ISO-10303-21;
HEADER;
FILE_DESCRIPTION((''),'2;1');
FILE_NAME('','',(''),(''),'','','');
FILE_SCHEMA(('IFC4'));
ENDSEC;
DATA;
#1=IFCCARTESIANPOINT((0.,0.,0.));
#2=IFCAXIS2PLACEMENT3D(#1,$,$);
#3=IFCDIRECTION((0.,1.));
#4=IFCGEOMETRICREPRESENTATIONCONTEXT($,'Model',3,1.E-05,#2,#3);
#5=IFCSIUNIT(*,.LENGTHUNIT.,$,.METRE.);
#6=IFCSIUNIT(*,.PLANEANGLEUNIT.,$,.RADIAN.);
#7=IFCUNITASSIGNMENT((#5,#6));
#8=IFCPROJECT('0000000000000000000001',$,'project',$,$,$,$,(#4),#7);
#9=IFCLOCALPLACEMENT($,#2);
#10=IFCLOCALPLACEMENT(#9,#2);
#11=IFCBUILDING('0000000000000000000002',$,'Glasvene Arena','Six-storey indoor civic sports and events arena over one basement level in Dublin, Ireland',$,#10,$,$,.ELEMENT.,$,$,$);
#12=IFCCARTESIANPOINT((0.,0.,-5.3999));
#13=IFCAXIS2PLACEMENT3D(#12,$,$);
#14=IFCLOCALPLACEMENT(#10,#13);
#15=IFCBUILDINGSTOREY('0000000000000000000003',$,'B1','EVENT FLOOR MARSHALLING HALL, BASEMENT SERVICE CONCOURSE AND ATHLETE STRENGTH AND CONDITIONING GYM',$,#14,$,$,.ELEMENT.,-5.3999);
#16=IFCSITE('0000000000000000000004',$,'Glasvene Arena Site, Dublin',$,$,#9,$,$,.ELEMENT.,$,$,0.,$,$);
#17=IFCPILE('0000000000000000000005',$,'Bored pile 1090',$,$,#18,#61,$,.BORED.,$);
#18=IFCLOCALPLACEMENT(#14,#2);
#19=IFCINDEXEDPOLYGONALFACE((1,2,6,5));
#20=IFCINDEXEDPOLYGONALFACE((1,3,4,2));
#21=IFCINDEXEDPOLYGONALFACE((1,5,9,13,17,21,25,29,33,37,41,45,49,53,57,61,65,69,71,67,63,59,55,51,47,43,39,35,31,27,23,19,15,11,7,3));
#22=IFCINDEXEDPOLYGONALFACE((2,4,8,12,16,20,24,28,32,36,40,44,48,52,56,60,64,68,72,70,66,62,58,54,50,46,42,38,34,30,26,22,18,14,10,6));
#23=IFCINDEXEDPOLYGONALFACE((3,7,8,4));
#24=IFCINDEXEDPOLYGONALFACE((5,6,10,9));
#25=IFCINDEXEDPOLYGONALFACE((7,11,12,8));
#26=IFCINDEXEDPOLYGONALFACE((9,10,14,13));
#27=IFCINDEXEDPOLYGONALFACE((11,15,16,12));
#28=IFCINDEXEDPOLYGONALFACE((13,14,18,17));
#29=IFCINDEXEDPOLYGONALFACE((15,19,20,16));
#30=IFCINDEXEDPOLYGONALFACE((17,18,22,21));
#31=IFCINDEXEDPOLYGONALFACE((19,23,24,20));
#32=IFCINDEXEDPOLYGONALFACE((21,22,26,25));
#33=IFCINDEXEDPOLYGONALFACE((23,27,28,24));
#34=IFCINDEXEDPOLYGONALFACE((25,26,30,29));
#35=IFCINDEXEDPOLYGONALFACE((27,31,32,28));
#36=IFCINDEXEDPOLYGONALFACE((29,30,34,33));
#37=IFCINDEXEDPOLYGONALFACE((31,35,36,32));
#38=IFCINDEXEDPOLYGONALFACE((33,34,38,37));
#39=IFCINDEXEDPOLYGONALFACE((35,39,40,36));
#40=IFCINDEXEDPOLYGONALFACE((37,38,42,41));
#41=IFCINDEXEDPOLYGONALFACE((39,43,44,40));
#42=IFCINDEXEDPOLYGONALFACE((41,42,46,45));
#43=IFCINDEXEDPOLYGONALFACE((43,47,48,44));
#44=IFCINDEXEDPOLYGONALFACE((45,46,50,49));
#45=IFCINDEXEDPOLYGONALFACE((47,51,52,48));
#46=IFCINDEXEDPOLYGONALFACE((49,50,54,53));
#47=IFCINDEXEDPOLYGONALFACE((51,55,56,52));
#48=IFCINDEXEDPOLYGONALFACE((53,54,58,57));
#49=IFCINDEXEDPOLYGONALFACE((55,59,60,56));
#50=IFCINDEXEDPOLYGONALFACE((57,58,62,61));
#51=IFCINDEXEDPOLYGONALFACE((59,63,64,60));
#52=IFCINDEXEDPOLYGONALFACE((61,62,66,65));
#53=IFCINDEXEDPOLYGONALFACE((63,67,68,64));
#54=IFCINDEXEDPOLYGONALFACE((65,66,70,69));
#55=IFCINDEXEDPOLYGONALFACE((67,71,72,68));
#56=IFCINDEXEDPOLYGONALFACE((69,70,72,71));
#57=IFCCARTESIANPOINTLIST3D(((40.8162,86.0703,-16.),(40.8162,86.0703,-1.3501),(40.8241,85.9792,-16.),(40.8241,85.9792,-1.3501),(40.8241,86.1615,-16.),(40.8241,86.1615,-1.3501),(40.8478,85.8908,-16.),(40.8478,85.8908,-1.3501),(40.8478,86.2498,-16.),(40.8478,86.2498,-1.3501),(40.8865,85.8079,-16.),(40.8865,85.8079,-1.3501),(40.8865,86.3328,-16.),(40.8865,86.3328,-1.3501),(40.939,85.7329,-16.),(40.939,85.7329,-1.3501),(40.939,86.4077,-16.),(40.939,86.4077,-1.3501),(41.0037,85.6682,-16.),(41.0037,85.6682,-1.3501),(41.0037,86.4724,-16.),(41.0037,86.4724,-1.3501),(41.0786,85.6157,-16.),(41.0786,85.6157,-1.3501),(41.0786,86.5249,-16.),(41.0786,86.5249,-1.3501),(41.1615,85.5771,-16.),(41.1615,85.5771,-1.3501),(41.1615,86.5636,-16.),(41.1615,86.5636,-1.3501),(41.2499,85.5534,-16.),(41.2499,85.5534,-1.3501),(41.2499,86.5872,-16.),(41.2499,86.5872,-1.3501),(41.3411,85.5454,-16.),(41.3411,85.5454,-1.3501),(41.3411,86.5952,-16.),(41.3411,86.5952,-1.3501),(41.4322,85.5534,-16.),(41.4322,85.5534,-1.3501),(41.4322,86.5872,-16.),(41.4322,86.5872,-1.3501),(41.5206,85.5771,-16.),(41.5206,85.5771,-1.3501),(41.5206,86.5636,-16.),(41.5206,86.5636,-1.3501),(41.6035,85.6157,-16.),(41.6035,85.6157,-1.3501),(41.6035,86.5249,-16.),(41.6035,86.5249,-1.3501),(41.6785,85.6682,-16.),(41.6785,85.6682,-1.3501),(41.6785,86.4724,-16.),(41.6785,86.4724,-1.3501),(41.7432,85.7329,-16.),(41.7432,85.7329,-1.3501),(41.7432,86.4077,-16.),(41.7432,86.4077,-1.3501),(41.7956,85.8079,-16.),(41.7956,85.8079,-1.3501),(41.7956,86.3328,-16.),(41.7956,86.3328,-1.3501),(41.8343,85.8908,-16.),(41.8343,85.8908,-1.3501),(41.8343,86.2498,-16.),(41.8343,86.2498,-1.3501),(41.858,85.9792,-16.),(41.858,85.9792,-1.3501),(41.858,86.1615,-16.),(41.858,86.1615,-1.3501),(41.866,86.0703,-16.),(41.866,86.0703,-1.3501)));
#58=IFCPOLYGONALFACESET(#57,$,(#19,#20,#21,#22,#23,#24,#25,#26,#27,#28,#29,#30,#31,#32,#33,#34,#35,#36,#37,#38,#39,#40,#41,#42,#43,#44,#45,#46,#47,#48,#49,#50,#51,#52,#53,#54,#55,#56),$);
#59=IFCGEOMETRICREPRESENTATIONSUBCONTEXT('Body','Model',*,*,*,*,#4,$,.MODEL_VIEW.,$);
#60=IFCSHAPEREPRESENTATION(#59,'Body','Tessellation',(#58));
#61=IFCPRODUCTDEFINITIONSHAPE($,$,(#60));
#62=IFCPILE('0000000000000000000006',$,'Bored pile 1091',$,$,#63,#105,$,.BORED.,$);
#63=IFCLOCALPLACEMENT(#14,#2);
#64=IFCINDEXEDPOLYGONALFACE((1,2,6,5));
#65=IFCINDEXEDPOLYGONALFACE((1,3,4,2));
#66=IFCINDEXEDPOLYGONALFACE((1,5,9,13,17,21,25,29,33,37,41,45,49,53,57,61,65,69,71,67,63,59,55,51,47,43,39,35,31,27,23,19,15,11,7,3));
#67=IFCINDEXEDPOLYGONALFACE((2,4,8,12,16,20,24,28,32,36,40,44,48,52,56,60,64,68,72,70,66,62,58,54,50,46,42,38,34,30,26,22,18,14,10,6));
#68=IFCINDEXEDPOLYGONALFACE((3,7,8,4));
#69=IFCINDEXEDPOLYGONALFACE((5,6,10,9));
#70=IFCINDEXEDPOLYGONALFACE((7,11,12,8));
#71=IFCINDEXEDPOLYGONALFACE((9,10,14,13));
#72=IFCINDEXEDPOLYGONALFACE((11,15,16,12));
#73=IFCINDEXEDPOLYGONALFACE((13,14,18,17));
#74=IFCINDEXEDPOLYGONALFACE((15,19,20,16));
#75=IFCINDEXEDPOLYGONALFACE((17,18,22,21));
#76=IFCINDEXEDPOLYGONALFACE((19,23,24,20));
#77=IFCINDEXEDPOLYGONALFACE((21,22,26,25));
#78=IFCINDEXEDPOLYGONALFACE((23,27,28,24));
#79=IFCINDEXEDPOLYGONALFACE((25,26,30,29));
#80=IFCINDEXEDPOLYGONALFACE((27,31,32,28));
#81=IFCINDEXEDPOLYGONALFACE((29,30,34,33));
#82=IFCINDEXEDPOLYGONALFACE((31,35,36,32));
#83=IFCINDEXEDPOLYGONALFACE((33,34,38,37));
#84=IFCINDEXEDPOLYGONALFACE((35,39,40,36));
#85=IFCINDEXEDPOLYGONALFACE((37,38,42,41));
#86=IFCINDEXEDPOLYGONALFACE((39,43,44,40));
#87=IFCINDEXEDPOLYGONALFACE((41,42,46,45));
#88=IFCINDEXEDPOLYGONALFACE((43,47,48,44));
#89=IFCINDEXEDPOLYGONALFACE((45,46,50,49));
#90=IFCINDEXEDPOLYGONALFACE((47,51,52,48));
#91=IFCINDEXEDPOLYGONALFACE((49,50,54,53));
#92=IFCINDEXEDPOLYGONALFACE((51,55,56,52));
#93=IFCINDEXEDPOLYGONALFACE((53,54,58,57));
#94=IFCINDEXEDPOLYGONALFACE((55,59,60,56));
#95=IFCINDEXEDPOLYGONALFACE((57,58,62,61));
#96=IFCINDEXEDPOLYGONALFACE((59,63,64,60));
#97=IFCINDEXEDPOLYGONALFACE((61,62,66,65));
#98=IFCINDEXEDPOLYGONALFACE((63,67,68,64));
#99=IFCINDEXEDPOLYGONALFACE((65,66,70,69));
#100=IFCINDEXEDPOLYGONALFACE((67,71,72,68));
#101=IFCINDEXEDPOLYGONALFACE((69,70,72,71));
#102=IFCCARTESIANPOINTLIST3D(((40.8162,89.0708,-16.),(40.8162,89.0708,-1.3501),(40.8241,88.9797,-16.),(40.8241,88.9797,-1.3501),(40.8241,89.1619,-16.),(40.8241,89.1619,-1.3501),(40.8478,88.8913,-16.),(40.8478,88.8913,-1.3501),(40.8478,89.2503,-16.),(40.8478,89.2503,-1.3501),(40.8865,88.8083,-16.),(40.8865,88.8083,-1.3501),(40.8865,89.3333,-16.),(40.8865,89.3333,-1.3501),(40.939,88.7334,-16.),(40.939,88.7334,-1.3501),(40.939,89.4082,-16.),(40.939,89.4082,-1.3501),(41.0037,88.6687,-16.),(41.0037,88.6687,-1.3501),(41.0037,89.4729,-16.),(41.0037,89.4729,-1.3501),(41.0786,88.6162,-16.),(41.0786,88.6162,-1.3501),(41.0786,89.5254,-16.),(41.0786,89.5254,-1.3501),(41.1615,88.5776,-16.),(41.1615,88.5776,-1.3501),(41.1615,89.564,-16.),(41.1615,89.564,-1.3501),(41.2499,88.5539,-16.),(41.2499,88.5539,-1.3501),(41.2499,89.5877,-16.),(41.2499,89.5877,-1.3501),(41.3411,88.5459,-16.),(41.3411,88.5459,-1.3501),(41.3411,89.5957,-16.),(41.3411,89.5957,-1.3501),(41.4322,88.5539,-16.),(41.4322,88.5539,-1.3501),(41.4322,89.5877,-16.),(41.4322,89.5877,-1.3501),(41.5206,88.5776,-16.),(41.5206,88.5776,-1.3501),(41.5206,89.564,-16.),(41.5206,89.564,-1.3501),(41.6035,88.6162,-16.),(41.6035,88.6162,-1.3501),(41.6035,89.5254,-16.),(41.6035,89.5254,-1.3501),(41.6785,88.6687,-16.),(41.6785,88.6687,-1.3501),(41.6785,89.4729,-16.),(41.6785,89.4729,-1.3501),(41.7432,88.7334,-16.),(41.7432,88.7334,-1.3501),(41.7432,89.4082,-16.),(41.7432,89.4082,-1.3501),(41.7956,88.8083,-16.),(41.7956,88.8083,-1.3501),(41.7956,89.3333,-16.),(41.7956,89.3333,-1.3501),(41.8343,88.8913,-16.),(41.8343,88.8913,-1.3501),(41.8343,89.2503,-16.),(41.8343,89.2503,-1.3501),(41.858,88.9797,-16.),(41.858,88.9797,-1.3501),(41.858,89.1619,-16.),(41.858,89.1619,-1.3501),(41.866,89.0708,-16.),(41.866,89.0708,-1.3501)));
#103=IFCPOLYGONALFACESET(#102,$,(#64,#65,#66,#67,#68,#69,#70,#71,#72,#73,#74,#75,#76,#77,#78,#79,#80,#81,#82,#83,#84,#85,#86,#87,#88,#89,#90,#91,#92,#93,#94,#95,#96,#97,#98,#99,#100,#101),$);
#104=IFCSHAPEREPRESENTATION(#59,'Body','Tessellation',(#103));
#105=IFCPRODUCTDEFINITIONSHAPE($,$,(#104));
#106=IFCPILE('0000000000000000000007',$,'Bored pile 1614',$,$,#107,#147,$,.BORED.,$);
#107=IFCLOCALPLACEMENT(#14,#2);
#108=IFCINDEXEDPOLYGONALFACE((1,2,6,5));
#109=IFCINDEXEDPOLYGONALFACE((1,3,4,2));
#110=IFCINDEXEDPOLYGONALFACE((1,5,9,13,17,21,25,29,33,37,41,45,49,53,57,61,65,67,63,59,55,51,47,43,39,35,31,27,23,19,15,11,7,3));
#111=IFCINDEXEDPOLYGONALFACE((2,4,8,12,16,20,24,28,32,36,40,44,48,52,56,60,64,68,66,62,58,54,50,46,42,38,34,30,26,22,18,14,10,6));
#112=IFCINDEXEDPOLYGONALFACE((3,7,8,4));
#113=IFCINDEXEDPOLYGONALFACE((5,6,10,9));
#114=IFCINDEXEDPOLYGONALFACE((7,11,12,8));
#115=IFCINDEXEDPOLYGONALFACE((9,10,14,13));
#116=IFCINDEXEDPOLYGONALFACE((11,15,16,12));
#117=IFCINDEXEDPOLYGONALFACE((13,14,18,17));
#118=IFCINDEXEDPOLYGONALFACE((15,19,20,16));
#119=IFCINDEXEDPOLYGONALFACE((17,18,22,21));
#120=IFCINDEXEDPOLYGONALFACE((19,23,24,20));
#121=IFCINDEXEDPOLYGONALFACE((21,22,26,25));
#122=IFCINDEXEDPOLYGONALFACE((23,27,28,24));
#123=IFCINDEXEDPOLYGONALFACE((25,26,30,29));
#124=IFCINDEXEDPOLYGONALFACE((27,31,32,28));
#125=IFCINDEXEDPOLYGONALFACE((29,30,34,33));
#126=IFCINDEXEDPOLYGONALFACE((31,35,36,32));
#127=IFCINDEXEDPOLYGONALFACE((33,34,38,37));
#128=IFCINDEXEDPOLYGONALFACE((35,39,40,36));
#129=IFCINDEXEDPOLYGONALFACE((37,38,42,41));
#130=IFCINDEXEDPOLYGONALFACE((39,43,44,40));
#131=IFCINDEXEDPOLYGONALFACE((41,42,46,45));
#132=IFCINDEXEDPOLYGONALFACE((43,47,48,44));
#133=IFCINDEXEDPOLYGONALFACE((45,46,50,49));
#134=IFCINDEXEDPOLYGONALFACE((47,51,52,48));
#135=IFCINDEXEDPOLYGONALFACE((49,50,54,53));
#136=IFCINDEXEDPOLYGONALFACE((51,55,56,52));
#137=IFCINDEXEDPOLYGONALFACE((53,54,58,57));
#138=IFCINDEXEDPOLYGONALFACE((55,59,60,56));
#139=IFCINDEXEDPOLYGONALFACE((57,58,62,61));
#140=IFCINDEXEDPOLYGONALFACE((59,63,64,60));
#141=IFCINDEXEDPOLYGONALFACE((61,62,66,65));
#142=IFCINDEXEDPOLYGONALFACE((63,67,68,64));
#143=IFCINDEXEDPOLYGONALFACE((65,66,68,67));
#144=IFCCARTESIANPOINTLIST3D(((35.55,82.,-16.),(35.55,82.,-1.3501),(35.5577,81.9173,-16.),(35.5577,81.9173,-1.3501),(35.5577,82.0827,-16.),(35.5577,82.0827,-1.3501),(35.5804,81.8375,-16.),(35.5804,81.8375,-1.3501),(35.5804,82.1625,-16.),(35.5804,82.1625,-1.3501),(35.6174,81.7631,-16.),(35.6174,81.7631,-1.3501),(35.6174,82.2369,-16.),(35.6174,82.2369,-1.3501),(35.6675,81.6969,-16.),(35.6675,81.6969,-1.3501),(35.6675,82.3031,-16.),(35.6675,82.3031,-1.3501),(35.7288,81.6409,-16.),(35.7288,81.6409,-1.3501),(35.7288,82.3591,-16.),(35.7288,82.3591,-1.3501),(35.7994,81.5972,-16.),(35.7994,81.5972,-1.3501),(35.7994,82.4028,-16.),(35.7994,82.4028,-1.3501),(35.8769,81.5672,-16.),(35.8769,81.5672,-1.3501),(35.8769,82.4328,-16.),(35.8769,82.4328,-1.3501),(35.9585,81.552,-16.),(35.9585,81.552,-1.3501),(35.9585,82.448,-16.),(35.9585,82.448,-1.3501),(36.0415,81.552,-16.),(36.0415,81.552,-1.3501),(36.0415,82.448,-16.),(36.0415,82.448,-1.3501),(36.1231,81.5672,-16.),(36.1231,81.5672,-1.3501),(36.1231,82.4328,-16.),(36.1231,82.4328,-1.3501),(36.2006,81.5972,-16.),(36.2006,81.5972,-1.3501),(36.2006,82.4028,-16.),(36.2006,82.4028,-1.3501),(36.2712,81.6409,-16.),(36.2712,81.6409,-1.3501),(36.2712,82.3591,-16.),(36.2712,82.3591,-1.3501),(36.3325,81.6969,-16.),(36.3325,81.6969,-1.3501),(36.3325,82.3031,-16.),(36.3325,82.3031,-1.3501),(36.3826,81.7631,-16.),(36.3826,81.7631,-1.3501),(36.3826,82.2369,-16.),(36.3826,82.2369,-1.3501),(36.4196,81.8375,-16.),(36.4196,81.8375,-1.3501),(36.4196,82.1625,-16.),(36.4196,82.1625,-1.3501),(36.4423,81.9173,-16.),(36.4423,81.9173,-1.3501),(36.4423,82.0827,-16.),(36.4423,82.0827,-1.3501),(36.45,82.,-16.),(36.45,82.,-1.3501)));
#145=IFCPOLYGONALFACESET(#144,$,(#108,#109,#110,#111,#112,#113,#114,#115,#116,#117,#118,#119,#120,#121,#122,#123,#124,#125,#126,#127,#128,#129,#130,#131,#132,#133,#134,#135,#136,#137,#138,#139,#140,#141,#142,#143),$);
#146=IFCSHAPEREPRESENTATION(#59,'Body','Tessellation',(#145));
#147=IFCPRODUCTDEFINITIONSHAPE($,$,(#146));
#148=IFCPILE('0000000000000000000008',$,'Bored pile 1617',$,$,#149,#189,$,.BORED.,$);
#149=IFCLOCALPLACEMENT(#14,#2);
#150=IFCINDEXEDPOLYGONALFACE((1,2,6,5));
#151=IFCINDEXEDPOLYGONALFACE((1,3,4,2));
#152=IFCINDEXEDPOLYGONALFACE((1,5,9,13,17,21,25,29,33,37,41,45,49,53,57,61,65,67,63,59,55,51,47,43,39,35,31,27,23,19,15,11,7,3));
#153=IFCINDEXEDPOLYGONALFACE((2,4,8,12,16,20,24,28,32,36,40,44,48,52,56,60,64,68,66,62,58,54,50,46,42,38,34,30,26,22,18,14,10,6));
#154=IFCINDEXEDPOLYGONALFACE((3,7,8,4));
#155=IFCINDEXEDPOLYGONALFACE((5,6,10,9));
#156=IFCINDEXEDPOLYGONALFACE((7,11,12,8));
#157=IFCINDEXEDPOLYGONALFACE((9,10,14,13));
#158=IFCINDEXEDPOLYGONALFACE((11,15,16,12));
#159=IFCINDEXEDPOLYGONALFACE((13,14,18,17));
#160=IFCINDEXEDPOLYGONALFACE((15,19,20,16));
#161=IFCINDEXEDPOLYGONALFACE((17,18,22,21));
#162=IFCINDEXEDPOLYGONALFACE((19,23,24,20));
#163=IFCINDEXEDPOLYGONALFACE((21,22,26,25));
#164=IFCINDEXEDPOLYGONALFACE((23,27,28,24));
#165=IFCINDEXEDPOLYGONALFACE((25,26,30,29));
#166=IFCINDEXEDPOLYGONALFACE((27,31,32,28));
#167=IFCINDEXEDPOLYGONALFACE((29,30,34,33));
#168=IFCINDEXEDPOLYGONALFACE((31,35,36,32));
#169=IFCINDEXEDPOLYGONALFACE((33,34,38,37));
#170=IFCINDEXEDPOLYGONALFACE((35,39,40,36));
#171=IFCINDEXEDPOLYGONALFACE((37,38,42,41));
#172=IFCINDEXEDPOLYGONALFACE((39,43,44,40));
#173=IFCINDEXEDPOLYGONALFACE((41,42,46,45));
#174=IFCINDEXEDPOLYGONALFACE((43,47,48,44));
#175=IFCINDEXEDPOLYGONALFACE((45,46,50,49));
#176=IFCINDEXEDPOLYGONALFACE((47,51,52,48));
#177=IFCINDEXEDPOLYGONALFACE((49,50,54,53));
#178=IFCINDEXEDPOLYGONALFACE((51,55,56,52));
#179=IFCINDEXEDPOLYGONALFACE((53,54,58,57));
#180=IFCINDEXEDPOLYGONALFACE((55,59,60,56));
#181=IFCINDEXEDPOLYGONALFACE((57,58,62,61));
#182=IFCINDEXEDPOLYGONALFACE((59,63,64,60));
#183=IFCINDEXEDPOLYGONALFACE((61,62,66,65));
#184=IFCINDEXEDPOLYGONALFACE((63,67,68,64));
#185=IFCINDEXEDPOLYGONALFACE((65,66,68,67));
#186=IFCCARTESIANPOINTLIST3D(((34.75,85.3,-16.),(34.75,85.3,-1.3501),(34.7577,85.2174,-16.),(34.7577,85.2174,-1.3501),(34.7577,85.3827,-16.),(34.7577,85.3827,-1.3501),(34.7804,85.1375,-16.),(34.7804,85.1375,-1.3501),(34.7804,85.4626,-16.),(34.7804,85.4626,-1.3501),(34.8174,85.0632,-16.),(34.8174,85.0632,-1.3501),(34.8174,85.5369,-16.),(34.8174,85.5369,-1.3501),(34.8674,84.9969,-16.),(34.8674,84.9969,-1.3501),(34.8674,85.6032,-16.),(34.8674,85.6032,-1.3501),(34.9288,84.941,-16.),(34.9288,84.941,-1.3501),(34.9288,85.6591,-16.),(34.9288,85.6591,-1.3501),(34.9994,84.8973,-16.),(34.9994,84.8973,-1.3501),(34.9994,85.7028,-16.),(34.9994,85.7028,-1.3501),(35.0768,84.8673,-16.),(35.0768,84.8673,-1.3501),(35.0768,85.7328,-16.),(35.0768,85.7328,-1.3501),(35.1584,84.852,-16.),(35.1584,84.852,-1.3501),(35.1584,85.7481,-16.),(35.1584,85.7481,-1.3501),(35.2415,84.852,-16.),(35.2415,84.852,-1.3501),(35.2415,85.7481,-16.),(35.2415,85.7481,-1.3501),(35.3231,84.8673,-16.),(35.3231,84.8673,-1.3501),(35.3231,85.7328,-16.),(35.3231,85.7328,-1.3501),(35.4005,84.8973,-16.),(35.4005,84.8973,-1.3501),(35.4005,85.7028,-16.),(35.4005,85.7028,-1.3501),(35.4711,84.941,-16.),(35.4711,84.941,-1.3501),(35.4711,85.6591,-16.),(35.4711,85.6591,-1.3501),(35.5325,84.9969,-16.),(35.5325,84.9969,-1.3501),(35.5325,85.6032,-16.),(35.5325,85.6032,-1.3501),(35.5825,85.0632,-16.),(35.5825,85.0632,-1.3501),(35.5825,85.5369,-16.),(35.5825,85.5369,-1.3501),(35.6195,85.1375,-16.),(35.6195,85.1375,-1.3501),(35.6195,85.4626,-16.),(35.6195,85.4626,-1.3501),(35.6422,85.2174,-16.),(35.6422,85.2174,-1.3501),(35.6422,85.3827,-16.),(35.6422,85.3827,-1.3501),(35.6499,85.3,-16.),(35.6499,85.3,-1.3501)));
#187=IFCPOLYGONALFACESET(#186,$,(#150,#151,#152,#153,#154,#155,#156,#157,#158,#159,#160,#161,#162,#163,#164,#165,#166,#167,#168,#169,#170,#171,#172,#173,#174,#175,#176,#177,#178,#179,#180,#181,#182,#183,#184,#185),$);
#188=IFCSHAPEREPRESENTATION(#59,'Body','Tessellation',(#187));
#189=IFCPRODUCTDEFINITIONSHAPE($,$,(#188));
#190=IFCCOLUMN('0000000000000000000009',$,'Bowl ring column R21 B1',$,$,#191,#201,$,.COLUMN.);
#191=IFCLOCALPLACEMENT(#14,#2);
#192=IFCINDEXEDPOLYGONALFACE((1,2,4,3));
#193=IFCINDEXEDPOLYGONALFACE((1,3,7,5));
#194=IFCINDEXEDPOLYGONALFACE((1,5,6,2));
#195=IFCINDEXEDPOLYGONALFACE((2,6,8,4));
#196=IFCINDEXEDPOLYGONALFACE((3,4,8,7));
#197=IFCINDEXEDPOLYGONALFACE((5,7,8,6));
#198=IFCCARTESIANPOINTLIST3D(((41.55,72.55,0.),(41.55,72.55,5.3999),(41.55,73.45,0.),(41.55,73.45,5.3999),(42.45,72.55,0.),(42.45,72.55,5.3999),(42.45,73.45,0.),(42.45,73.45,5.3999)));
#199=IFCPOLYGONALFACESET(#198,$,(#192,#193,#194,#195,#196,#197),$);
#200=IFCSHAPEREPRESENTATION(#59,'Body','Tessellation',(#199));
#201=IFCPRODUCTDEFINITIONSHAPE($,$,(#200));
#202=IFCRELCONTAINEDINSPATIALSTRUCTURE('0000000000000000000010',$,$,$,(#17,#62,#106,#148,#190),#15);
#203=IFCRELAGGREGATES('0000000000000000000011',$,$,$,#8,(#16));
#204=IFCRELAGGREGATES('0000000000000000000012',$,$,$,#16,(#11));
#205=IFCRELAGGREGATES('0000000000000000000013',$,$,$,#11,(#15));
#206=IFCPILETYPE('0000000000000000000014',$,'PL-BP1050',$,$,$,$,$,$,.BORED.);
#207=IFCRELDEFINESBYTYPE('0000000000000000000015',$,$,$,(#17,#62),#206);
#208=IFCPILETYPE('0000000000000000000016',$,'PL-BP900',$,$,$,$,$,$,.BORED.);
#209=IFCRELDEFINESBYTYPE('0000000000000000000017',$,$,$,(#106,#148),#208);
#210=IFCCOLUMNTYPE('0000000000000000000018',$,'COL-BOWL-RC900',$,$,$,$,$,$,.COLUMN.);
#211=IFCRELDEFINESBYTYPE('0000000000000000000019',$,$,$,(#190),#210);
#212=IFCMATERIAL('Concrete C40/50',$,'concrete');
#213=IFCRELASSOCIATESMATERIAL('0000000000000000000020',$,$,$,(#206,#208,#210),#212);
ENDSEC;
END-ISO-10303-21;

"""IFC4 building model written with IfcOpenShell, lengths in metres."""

from ifc_helpers import new_model, si_unit, direction, frame, origin, origin_2d, place, context, subcontext, project, spatial, rectangle, circle, extrude, material, material_profile, profile_set, type_object, element, save


model = new_model("IFC4")

# Units and contexts
model_context = context("Model", 3, precision=1e-05, world=origin(), true_north=direction((0.0, 1.0)))
body_context = subcontext(model_context, "Body", "Model", "MODEL_VIEW")
ifc_project = project(units=[si_unit("LENGTHUNIT", "METRE"), si_unit("PLANEANGLEUNIT", "RADIAN")], contexts=[model_context])

# Site, building, storey
site_placement = place(None, origin())
site = spatial("IfcSite", under=ifc_project, at=site_placement, Name="Glasvene Arena Site, Dublin", CompositionType="ELEMENT", RefElevation=0.0)
building_placement = place(site_placement, origin())
building = spatial("IfcBuilding", under=site, at=building_placement, Name="Glasvene Arena", Description="Six-storey indoor civic sports and events arena over one basement level in Dublin, Ireland", CompositionType="ELEMENT")
storey_placement = place(building_placement, frame((0.0, 0.0, -5.3999)))
storey = spatial("IfcBuildingStorey", under=building, at=storey_placement, Name="B1", Description="EVENT FLOOR MARSHALLING HALL, BASEMENT SERVICE CONCOURSE AND ATHLETE STRENGTH AND CONDITIONING GYM", CompositionType="ELEMENT", Elevation=-5.3999)

# Shared definitions
ifc_material_1 = material(Name="Concrete C40/50", Category="concrete")

# Piles
ifc_material_profile_1 = material_profile(ifc_material_1, circle(Radius=0.5249, at=origin_2d()), Name="BORED PILE 1050")
ifc_profile_set_1 = profile_set([ifc_material_profile_1], Name="Concrete C40/50")
pile_type_1 = type_object("IfcPileType", Name="PL-BP1050", PredefinedType="BORED", material=ifc_profile_set_1)
for number, where, z_axis, x_axis, name in (
    (1, (41.3411, 86.0703, -1.3501), (0.0, 0.0, -1.0), (1.0, 0.0, 0.0), "Bored pile 1090"),
    (2, (41.3411, 89.0708, -1.3501), (0.0, 0.0, -1.0), (1.0, 0.0, 0.0), "Bored pile 1091"),
):
    element("IfcPile", number, at=place(storey_placement, frame(where, z_axis=z_axis, x_axis=x_axis)), inside=storey, type_object=pile_type_1, Name=name, PredefinedType="BORED", context=body_context, shape_type="SweptSolid", body=[
        extrude(circle(Radius=0.5249, at=origin_2d()), origin(), (0.0, 0.0, 1.0), 14.6499),
    ])
ifc_material_profile_2 = material_profile(ifc_material_1, circle(Radius=0.45, at=origin_2d()), Name="BORED PILE 900")
ifc_profile_set_2 = profile_set([ifc_material_profile_2], Name="Concrete C40/50")
pile_type_2 = type_object("IfcPileType", Name="PL-BP900", PredefinedType="BORED", material=ifc_profile_set_2)
for number, where, z_axis, x_axis, name in (
    (3, (36.0, 82.0, -1.3501), (0.0, 0.0, -1.0), (1.0, 0.0, 0.0), "Bored pile 1614"),
    (4, (35.2, 85.3, -1.3501), (0.0, 0.0, -1.0), (1.0, 0.0, 0.0), "Bored pile 1617"),
):
    element("IfcPile", number, at=place(storey_placement, frame(where, z_axis=z_axis, x_axis=x_axis)), inside=storey, type_object=pile_type_2, Name=name, PredefinedType="BORED", context=body_context, shape_type="SweptSolid", body=[
        extrude(circle(Radius=0.45, at=origin_2d()), origin(), (0.0, 0.0, 1.0), 14.6499),
    ])

# Column
ifc_material_profile_3 = material_profile(ifc_material_1, rectangle(XDim=0.8999, YDim=0.8999, at=origin_2d()), Name="RC 900x900")
ifc_profile_set_3 = profile_set([ifc_material_profile_3], Name="Concrete C40/50")
column_type_1 = type_object("IfcColumnType", Name="COL-BOWL-RC900", PredefinedType="COLUMN", material=ifc_profile_set_3)
column_1_placement = place(storey_placement, frame((42.0, 73.0, 0.0), z_axis=(0.0, 0.0, 1.0), x_axis=(1.0, 0.0, 0.0)))
element("IfcColumn", 5, at=column_1_placement, inside=storey, type_object=column_type_1, Name="Bowl ring column R21 B1", PredefinedType="COLUMN", context=body_context, shape_type="SweptSolid", body=[
    extrude(rectangle(XDim=0.8999, YDim=0.8999, at=origin_2d()), origin(), (0.0, 0.0, 1.0), 5.3999),
])

save(model, "model.ifc")
